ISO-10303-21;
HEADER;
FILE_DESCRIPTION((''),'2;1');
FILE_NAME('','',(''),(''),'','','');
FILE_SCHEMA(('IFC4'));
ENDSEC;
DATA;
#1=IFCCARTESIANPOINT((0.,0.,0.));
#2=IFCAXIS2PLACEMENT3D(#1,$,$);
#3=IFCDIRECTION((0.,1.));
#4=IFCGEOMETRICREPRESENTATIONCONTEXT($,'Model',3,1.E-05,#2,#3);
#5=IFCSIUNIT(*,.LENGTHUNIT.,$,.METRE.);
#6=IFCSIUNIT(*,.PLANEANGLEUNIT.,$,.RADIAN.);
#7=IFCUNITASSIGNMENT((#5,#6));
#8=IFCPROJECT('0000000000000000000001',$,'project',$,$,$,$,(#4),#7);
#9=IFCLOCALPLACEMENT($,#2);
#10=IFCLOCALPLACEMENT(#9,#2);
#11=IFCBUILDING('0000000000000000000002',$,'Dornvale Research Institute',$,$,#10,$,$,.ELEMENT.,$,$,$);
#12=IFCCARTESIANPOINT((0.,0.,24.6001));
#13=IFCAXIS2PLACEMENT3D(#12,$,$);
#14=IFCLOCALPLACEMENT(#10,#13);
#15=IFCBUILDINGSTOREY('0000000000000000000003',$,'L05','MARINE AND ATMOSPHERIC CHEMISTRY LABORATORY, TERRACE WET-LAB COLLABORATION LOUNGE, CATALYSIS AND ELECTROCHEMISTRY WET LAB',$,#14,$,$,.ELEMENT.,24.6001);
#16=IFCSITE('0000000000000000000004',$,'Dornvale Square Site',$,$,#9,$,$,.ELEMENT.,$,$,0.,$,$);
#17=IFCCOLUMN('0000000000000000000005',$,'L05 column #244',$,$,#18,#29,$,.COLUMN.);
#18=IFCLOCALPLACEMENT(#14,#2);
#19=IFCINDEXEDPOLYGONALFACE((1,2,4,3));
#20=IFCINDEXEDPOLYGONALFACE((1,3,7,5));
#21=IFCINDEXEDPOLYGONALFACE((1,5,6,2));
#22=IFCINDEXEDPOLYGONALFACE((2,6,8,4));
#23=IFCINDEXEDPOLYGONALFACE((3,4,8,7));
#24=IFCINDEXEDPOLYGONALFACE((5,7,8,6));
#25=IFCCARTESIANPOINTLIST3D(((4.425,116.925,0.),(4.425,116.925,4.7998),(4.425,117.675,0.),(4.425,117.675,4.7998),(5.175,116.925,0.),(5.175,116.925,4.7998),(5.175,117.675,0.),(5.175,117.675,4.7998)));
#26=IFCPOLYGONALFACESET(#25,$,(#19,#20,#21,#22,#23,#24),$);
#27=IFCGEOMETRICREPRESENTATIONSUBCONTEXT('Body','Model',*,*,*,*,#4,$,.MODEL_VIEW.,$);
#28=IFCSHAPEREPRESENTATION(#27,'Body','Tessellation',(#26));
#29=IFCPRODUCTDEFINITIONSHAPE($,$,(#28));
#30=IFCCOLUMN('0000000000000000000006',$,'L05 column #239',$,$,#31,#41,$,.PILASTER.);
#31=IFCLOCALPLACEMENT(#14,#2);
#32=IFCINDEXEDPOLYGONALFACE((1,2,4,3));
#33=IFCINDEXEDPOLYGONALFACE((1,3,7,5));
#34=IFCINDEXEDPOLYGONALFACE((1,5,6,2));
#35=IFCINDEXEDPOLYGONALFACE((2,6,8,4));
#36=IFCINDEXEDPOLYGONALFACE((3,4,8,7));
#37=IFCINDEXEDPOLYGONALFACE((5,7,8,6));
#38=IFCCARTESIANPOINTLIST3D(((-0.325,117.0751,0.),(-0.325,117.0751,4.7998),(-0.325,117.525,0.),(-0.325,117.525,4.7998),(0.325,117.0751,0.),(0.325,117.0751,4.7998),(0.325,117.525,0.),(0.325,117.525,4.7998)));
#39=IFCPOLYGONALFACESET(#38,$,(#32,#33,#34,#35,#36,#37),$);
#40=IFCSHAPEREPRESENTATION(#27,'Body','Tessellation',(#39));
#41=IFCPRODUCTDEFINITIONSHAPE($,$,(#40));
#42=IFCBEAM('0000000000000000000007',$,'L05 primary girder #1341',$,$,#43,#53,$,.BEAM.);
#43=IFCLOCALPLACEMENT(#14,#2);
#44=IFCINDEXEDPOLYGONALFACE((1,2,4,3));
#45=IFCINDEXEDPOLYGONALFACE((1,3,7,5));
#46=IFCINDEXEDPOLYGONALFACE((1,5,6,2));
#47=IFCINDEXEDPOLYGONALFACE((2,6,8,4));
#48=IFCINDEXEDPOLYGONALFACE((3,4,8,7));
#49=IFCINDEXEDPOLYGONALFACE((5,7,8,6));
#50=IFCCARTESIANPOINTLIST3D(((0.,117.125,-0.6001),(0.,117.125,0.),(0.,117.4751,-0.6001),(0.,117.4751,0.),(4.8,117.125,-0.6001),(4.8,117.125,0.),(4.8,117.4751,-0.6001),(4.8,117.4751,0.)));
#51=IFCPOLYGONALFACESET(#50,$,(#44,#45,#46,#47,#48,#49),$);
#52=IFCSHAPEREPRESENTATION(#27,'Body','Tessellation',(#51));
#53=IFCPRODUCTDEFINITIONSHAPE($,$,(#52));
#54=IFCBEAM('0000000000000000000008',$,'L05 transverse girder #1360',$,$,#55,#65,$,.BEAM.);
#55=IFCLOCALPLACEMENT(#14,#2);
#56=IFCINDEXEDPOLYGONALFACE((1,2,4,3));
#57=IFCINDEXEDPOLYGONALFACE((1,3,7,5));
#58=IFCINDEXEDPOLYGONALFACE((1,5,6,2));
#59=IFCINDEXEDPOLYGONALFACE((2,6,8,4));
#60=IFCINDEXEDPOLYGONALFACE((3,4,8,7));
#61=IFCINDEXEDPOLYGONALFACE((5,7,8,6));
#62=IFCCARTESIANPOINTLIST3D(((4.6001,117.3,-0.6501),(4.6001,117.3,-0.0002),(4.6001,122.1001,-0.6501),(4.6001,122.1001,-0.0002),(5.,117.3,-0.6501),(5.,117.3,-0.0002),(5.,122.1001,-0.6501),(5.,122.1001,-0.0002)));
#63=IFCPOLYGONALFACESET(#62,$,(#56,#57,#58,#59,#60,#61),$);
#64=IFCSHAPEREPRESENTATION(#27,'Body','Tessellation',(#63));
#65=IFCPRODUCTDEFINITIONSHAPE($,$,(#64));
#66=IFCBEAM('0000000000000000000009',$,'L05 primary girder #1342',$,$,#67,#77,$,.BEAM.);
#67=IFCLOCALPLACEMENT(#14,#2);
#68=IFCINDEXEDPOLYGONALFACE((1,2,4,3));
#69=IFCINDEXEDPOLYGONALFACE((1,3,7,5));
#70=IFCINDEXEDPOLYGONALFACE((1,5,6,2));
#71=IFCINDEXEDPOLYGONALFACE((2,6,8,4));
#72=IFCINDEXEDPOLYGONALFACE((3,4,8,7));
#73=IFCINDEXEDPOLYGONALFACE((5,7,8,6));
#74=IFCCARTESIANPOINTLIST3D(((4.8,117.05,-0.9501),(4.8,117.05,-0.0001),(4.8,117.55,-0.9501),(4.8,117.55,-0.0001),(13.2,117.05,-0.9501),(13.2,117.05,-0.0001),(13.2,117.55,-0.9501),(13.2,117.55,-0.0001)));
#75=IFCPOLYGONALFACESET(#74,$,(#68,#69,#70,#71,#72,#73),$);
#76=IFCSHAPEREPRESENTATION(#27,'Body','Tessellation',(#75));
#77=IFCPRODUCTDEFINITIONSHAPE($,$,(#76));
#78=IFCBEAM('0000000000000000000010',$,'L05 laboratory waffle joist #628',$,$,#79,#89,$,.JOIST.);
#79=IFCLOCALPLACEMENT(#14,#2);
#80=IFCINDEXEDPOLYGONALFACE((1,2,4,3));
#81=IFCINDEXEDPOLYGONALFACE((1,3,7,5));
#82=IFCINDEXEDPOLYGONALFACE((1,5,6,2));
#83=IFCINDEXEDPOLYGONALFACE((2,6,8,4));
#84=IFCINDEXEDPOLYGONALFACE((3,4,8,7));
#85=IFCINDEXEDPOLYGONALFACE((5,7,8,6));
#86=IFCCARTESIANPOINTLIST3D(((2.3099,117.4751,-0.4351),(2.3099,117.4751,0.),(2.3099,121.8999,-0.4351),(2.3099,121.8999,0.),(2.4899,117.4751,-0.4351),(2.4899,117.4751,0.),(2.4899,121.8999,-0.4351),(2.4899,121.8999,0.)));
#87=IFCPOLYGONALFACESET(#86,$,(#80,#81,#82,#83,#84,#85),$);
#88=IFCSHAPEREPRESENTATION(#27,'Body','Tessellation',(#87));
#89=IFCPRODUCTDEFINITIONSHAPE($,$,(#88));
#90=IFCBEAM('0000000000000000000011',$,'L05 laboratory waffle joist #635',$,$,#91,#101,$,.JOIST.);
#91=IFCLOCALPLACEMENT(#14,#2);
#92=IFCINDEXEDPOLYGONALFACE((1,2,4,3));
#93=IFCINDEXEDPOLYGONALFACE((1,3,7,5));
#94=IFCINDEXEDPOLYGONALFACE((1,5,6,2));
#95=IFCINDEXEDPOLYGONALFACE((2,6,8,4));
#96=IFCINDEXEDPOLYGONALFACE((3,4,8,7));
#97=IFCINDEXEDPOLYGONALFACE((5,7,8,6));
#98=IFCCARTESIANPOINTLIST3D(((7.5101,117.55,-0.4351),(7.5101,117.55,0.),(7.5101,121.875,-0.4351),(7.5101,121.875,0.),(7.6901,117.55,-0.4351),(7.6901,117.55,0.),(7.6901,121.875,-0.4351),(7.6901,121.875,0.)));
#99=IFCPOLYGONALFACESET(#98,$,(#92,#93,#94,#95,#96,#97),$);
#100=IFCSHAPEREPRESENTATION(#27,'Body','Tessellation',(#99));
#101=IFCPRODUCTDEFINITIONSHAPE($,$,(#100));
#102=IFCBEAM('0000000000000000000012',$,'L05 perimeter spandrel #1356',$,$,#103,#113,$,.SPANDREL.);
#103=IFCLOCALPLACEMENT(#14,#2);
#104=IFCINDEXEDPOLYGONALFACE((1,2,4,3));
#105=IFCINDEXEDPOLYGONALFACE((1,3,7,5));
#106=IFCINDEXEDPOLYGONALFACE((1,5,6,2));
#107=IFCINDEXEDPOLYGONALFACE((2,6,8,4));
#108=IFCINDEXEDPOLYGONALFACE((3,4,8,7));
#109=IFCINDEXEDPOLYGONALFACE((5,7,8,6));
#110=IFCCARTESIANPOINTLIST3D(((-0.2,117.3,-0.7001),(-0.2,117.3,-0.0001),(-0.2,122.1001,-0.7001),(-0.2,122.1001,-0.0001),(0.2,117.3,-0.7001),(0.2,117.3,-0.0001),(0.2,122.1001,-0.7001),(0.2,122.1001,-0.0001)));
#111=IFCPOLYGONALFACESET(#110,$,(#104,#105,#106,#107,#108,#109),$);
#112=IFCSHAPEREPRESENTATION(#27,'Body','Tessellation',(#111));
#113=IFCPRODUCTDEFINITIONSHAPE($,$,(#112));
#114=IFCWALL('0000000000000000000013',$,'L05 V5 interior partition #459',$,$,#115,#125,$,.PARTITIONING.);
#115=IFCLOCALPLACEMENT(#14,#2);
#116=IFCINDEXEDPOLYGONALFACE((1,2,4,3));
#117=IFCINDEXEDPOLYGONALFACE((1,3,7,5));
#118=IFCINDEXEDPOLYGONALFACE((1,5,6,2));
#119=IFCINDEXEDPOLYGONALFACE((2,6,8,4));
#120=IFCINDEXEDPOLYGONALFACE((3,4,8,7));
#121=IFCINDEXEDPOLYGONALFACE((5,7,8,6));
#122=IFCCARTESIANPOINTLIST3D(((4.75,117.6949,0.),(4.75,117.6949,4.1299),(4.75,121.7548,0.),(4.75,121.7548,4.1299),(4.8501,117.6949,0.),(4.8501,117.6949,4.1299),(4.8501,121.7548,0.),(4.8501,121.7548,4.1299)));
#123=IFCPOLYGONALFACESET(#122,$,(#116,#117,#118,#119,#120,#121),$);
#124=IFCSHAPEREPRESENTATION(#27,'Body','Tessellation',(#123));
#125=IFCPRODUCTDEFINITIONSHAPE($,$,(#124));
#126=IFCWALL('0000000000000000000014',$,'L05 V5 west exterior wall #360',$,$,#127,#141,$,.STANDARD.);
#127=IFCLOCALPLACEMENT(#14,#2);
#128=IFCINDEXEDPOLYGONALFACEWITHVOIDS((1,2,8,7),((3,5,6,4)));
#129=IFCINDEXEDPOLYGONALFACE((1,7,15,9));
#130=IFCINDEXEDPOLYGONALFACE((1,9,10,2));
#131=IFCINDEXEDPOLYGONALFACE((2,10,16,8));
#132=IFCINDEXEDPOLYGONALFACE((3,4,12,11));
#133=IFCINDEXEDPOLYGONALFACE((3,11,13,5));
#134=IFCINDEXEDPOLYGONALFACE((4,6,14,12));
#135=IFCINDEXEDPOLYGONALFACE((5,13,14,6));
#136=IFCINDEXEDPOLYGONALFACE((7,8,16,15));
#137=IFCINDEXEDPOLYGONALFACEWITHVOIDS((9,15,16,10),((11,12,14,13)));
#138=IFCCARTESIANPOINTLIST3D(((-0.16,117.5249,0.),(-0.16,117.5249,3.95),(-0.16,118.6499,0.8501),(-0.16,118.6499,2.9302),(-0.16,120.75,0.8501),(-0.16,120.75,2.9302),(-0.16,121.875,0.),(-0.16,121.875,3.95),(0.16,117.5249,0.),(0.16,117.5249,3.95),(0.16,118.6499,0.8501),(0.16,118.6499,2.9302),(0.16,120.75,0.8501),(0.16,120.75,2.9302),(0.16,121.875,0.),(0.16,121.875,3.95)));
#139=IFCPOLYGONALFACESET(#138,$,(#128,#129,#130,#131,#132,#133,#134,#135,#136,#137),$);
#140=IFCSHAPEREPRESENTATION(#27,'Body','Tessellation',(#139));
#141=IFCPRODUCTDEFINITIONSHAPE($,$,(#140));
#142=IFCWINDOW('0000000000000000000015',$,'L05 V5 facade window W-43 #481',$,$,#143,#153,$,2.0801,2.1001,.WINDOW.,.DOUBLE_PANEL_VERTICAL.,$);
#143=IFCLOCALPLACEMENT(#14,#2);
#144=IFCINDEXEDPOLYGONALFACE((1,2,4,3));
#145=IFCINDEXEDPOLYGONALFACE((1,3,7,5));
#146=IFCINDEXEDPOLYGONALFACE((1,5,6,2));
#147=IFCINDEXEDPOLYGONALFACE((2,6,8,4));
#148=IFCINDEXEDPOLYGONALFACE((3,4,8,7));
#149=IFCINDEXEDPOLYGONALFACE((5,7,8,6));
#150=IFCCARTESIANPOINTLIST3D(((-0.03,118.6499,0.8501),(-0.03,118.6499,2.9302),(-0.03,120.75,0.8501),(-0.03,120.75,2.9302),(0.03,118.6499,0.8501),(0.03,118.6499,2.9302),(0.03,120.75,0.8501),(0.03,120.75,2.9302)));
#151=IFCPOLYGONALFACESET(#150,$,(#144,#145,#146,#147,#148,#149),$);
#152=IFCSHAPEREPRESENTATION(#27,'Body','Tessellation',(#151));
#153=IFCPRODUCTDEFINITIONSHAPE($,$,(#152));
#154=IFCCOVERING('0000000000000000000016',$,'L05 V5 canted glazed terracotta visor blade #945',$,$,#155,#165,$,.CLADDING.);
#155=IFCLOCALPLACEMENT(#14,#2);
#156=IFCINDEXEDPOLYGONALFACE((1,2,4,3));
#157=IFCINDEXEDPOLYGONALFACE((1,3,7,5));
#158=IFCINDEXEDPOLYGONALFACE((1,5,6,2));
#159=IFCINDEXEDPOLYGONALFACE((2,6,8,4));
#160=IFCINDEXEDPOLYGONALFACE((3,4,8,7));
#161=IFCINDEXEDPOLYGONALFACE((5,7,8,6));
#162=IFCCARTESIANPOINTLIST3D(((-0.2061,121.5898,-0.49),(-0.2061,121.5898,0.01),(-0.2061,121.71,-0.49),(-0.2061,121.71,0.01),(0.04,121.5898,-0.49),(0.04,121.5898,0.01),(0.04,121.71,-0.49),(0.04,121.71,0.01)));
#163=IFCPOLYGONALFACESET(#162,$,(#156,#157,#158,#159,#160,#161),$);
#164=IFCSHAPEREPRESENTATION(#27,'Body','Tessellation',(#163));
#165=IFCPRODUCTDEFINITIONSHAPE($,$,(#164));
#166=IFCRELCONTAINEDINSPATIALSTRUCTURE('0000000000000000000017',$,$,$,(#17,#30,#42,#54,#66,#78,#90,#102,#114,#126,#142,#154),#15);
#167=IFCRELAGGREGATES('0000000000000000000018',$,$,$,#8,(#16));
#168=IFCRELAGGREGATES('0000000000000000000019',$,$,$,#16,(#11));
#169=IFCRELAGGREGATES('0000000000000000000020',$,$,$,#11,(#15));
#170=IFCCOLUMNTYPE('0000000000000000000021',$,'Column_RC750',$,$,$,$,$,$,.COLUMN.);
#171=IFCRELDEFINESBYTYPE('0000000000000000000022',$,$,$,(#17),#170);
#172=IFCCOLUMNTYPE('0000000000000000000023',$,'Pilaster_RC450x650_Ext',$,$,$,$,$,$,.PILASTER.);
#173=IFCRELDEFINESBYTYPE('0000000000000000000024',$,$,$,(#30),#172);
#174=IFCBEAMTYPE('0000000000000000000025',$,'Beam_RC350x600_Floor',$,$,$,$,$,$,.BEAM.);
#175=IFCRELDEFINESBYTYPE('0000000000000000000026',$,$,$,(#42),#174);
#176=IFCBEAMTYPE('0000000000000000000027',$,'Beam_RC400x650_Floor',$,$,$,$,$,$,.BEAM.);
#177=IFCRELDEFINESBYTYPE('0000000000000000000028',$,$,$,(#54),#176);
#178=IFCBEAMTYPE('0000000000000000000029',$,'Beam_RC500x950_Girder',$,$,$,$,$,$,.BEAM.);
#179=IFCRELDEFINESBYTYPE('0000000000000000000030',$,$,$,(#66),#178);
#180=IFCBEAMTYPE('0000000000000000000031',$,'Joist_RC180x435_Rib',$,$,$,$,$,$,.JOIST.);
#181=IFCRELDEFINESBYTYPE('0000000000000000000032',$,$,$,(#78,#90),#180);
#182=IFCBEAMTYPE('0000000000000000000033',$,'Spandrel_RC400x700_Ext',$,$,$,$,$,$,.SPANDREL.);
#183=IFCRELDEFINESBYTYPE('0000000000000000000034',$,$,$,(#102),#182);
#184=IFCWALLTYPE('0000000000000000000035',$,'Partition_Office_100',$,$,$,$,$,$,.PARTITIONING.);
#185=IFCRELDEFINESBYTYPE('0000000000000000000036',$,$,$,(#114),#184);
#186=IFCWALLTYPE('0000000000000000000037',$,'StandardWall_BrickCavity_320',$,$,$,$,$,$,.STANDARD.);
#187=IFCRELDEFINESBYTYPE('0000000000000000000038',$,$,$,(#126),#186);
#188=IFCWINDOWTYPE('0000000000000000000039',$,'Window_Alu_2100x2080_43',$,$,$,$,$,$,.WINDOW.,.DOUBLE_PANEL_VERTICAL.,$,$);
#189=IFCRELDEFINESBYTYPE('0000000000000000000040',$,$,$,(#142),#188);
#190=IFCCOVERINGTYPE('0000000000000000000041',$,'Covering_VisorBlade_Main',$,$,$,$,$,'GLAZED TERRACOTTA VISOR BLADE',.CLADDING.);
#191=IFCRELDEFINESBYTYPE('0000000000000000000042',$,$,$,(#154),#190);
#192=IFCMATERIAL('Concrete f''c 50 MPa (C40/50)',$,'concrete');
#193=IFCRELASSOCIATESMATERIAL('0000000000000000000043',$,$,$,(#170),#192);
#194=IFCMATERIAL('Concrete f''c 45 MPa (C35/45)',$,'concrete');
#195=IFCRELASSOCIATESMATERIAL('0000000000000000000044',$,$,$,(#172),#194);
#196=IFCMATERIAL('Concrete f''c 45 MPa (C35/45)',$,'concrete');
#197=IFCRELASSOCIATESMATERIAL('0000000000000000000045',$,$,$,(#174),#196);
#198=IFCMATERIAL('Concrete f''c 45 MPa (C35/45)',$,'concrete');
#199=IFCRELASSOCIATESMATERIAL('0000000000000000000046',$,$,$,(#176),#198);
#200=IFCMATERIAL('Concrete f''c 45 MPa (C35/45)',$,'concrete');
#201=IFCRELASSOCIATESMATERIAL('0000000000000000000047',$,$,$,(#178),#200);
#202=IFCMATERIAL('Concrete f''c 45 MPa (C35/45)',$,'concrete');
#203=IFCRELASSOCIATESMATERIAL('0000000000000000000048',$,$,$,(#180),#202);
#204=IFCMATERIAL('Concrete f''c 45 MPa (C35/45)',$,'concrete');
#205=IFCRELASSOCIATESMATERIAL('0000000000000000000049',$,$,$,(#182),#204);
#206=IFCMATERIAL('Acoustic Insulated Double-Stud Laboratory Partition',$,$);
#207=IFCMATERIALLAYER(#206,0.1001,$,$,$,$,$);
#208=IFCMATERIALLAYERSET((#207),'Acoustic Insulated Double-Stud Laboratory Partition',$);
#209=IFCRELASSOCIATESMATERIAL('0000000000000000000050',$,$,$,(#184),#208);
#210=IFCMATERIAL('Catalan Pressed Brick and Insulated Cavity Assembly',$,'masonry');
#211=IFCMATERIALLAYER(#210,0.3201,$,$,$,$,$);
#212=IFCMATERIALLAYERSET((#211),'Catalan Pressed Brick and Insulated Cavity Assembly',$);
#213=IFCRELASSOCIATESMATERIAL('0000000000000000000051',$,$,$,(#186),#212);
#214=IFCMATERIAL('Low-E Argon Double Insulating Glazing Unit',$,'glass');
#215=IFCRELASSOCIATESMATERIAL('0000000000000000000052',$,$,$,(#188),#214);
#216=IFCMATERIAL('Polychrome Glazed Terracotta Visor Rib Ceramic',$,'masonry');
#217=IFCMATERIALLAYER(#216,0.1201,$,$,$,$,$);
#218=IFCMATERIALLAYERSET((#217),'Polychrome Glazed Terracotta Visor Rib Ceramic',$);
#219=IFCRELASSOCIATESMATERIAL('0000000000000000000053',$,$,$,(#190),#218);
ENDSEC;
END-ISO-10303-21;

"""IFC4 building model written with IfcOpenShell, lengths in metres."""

from ifc_helpers import new_model, si_unit, direction, frame, frame_2d, origin, origin_2d, place, context, subcontext, project, spatial, rectangle, extrude, material, layer, layer_set, material_profile, profile_set, type_object, element, fill, save


model = new_model("IFC4")

# Units and contexts
model_context = context("Model", 3, precision=1e-05, world=origin(), true_north=direction((0.0, 1.0)))
body_context = subcontext(model_context, "Body", "Model", "MODEL_VIEW")
ifc_project = project(units=[si_unit("LENGTHUNIT", "METRE"), si_unit("PLANEANGLEUNIT", "RADIAN")], contexts=[model_context])

# Site, building, storey
site_placement = place(None, origin())
site = spatial("IfcSite", under=ifc_project, at=site_placement, Name="Dornvale Square Site", CompositionType="ELEMENT", RefElevation=0.0)
building_placement = place(site_placement, origin())
building = spatial("IfcBuilding", under=site, at=building_placement, Name="Dornvale Research Institute", CompositionType="ELEMENT")
storey_placement = place(building_placement, frame((0.0, 0.0, 24.6001)))
storey = spatial("IfcBuildingStorey", under=building, at=storey_placement, Name="L05", Description="MARINE AND ATMOSPHERIC CHEMISTRY LABORATORY, TERRACE WET-LAB COLLABORATION LOUNGE, CATALYSIS AND ELECTROCHEMISTRY WET LAB", CompositionType="ELEMENT", Elevation=24.6001)

# Columns
ifc_material_1 = material(Name="Concrete f'c 50 MPa (C40/50)", Category="concrete")
ifc_material_profile_1 = material_profile(ifc_material_1, rectangle(XDim=0.75, YDim=0.75, at=origin_2d()), Name="RC 750x750")
ifc_profile_set_1 = profile_set([ifc_material_profile_1], Name="Concrete f'c 50 MPa (C40/50)")
column_type_1 = type_object("IfcColumnType", Name="Column_RC750", PredefinedType="COLUMN", material=ifc_profile_set_1)
column_1_placement = place(storey_placement, frame((4.8, 117.3, 0.0), z_axis=(0.0, 0.0, 1.0), x_axis=(1.0, 0.0, 0.0)))
element("IfcColumn", 1, at=column_1_placement, inside=storey, type_object=column_type_1, Name="L05 column #244", PredefinedType="COLUMN", context=body_context, shape_type="SweptSolid", body=[
    extrude(rectangle(XDim=0.75, YDim=0.75, at=origin_2d()), origin(), (0.0, 0.0, 1.0), 4.7998),
])
ifc_material_2 = material(Name="Concrete f'c 45 MPa (C35/45)", Category="concrete")
ifc_material_profile_2 = material_profile(ifc_material_2, rectangle(XDim=0.45, YDim=0.6499, at=origin_2d()), Name="RC 450x650")
ifc_profile_set_2 = profile_set([ifc_material_profile_2], Name="Concrete f'c 45 MPa (C35/45)")
column_type_2 = type_object("IfcColumnType", Name="Pilaster_RC450x650_Ext", PredefinedType="PILASTER", material=ifc_profile_set_2)
column_2_placement = place(storey_placement, frame((0.0, 117.3, 0.0), z_axis=(0.0, 0.0, 1.0), x_axis=(0.0, 1.0, 0.0)))
element("IfcColumn", 2, at=column_2_placement, inside=storey, type_object=column_type_2, Name="L05 column #239", PredefinedType="PILASTER", context=body_context, shape_type="SweptSolid", body=[
    extrude(rectangle(XDim=0.45, YDim=0.6499, at=origin_2d()), origin(), (0.0, 0.0, 1.0), 4.7998),
])

# Beams
ifc_material_3 = material(Name="Concrete f'c 45 MPa (C35/45)", Category="concrete")
ifc_material_profile_3 = material_profile(ifc_material_3, rectangle(XDim=0.3501, YDim=0.6001, at=origin_2d()), Name="RC 350x600")
ifc_profile_set_3 = profile_set([ifc_material_profile_3], Name="Concrete f'c 45 MPa (C35/45)")
beam_type_1 = type_object("IfcBeamType", Name="Beam_RC350x600_Floor", PredefinedType="BEAM", material=ifc_profile_set_3)
beam_1_placement = place(storey_placement, frame((0.0, 117.3, -0.3), z_axis=(1.0, 0.0, 0.0), x_axis=(0.0, 1.0, 0.0)))
element("IfcBeam", 3, at=beam_1_placement, inside=storey, type_object=beam_type_1, Name="L05 primary girder #1341", PredefinedType="BEAM", context=body_context, shape_type="SweptSolid", body=[
    extrude(rectangle(XDim=0.3501, YDim=0.6001, at=origin_2d()), origin(), (0.0, 0.0, 1.0), 4.8),
])
ifc_material_4 = material(Name="Concrete f'c 45 MPa (C35/45)", Category="concrete")
ifc_material_profile_4 = material_profile(ifc_material_4, rectangle(XDim=0.3999, YDim=0.6499, at=origin_2d()), Name="RC 400x650")
ifc_profile_set_4 = profile_set([ifc_material_profile_4], Name="Concrete f'c 45 MPa (C35/45)")
beam_type_2 = type_object("IfcBeamType", Name="Beam_RC400x650_Floor", PredefinedType="BEAM", material=ifc_profile_set_4)
beam_2_placement = place(storey_placement, frame((4.8, 117.3, -0.3252), z_axis=(0.0, 1.0, 0.0), x_axis=(-1.0, 0.0, 0.0)))
element("IfcBeam", 4, at=beam_2_placement, inside=storey, type_object=beam_type_2, Name="L05 transverse girder #1360", PredefinedType="BEAM", context=body_context, shape_type="SweptSolid", body=[
    extrude(rectangle(XDim=0.3999, YDim=0.6499, at=origin_2d()), origin(), (0.0, 0.0, 1.0), 4.8),
])
ifc_material_5 = material(Name="Concrete f'c 45 MPa (C35/45)", Category="concrete")
ifc_material_profile_5 = material_profile(ifc_material_5, rectangle(XDim=0.5, YDim=0.95, at=origin_2d()), Name="RC 500x950")
ifc_profile_set_5 = profile_set([ifc_material_profile_5], Name="Concrete f'c 45 MPa (C35/45)")
beam_type_3 = type_object("IfcBeamType", Name="Beam_RC500x950_Girder", PredefinedType="BEAM", material=ifc_profile_set_5)
beam_3_placement = place(storey_placement, frame((4.8, 117.3, -0.4751), z_axis=(1.0, 0.0, 0.0), x_axis=(0.0, 1.0, 0.0)))
element("IfcBeam", 5, at=beam_3_placement, inside=storey, type_object=beam_type_3, Name="L05 primary girder #1342", PredefinedType="BEAM", context=body_context, shape_type="SweptSolid", body=[
    extrude(rectangle(XDim=0.5, YDim=0.95, at=origin_2d()), origin(), (0.0, 0.0, 1.0), 8.3999),
])
ifc_material_6 = material(Name="Concrete f'c 45 MPa (C35/45)", Category="concrete")
ifc_material_profile_6 = material_profile(ifc_material_6, rectangle(XDim=0.1799, YDim=0.4351, at=origin_2d()), Name="RC 180x435")
ifc_profile_set_6 = profile_set([ifc_material_profile_6], Name="Concrete f'c 45 MPa (C35/45)")
beam_type_4 = type_object("IfcBeamType", Name="Joist_RC180x435_Rib", PredefinedType="JOIST", material=ifc_profile_set_6)
beam_4_placement = place(storey_placement, frame((2.3999, 117.4751, -0.2175), z_axis=(0.0, 1.0, 0.0), x_axis=(-1.0, 0.0, 0.0)))
element("IfcBeam", 6, at=beam_4_placement, inside=storey, type_object=beam_type_4, Name="L05 laboratory waffle joist #628", PredefinedType="JOIST", context=body_context, shape_type="SweptSolid", body=[
    extrude(rectangle(XDim=0.1799, YDim=0.4351, at=origin_2d()), origin(), (0.0, 0.0, 1.0), 4.4248),
])
beam_5_placement = place(storey_placement, frame((7.6001, 117.55, -0.2175), z_axis=(0.0, 1.0, 0.0), x_axis=(-1.0, 0.0, 0.0)))
element("IfcBeam", 7, at=beam_5_placement, inside=storey, type_object=beam_type_4, Name="L05 laboratory waffle joist #635", PredefinedType="JOIST", context=body_context, shape_type="SweptSolid", body=[
    extrude(rectangle(XDim=0.1799, YDim=0.4351, at=origin_2d()), origin(), (0.0, 0.0, 1.0), 4.325),
])
ifc_material_7 = material(Name="Concrete f'c 45 MPa (C35/45)", Category="concrete")
ifc_material_profile_7 = material_profile(ifc_material_7, rectangle(XDim=0.3999, YDim=0.7, at=origin_2d()), Name="RC 400x700")
ifc_profile_set_7 = profile_set([ifc_material_profile_7], Name="Concrete f'c 45 MPa (C35/45)")
beam_type_5 = type_object("IfcBeamType", Name="Spandrel_RC400x700_Ext", PredefinedType="SPANDREL", material=ifc_profile_set_7)
beam_6_placement = place(storey_placement, frame((0.0, 117.3, -0.3501), z_axis=(0.0, 1.0, 0.0), x_axis=(-1.0, 0.0, 0.0)))
element("IfcBeam", 8, at=beam_6_placement, inside=storey, type_object=beam_type_5, Name="L05 perimeter spandrel #1356", PredefinedType="SPANDREL", context=body_context, shape_type="SweptSolid", body=[
    extrude(rectangle(XDim=0.3999, YDim=0.7, at=origin_2d()), origin(), (0.0, 0.0, 1.0), 4.8),
])

# Wall
ifc_material_8 = material(Name="Acoustic Insulated Double-Stud Laboratory Partition")
ifc_layer_1 = layer(ifc_material_8, 0.1001)
ifc_layer_set_1 = layer_set([ifc_layer_1], Name="Acoustic Insulated Double-Stud Laboratory Partition")
wall_type_1 = type_object("IfcWallType", Name="Partition_Office_100", PredefinedType="PARTITIONING", material=ifc_layer_set_1)
wall_1_placement = place(storey_placement, frame((4.8, 117.6951, 0.0), z_axis=(0.0, 0.0, 1.0), x_axis=(0.0, 1.0, 0.0)))
element("IfcWall", 9, at=wall_1_placement, inside=storey, type_object=wall_type_1, Name="L05 V5 interior partition #459", PredefinedType="PARTITIONING", context=body_context, shape_type="SweptSolid", body=[
    extrude(rectangle(XDim=4.0598, YDim=0.1001, at=frame_2d((2.0298, 0.0))), origin(), (0.0, 0.0, 1.0), 4.1299),
])

# Wall, opening, window
ifc_material_9 = material(Name="Catalan Pressed Brick and Insulated Cavity Assembly", Category="masonry")
ifc_layer_2 = layer(ifc_material_9, 0.3201)
ifc_layer_set_2 = layer_set([ifc_layer_2], Name="Catalan Pressed Brick and Insulated Cavity Assembly")
wall_type_2 = type_object("IfcWallType", Name="StandardWall_BrickCavity_320", PredefinedType="STANDARD", material=ifc_layer_set_2)
wall_2_placement = place(storey_placement, frame((0.0, 117.5249, 0.0), z_axis=(0.0, 0.0, 1.0), x_axis=(0.0, 1.0, 0.0)))
wall_2 = element("IfcWall", 10, at=wall_2_placement, inside=storey, type_object=wall_type_2, Name="L05 V5 west exterior wall #360", PredefinedType="STANDARD", context=body_context, shape_type="SweptSolid", body=[
    extrude(rectangle(XDim=4.3501, YDim=0.3201, at=frame_2d((2.175, 0.0))), origin(), (0.0, 0.0, 1.0), 3.95),
])
opening_placement = place(wall_2_placement, frame((1.125, 0.0, 0.8501)))
opening = element("IfcOpeningElement", 11, at=opening_placement, cuts=wall_2, PredefinedType="OPENING", context=body_context, shape_type="SweptSolid", body=[
    extrude(rectangle(XDim=2.1001, YDim=2.0801, at=frame_2d((1.05, 1.04))), frame((0.0, 0.175, 0.0), z_axis=(0.0, -1.0, 0.0), x_axis=(1.0, 0.0, 0.0)), (0.0, 0.0, 1.0), 0.3501),
])
ifc_material_10 = material(Name="Low-E Argon Double Insulating Glazing Unit", Category="glass")
window_type = type_object("IfcWindowType", Name="Window_Alu_2100x2080_43", PartitioningType="DOUBLE_PANEL_VERTICAL", PredefinedType="WINDOW", material=ifc_material_10)
window_placement = place(opening_placement, origin())
window = element("IfcWindow", 12, at=window_placement, inside=storey, type_object=window_type, Name="L05 V5 facade window W-43 #481", OverallHeight=2.0801, OverallWidth=2.1001, PartitioningType="DOUBLE_PANEL_VERTICAL", PredefinedType="WINDOW", context=body_context, shape_type="SweptSolid", body=[
    extrude(rectangle(XDim=2.1001, YDim=2.0801, at=frame_2d((1.05, 1.04))), frame((0.0, 0.03, 0.0), z_axis=(0.0, -1.0, 0.0), x_axis=(1.0, 0.0, 0.0)), (0.0, 0.0, 1.0), 0.0601),
])
fill(opening, window)

# Covering
ifc_material_11 = material(Name="Polychrome Glazed Terracotta Visor Rib Ceramic", Category="masonry")
ifc_layer_3 = layer(ifc_material_11, 0.1201)
ifc_layer_set_3 = layer_set([ifc_layer_3], Name="Polychrome Glazed Terracotta Visor Rib Ceramic")
covering_type = type_object("IfcCoveringType", Name="Covering_VisorBlade_Main", ElementType="GLAZED TERRACOTTA VISOR BLADE", PredefinedType="CLADDING", material=ifc_layer_set_3)
covering_1_placement = place(storey_placement, frame((-0.083, 121.6499, -0.49), z_axis=(0.0, 0.0, 1.0), x_axis=(1.0, 0.0, 0.0)))
element("IfcCovering", 13, at=covering_1_placement, inside=storey, type_object=covering_type, Name="L05 V5 canted glazed terracotta visor blade #945", PredefinedType="CLADDING", context=body_context, shape_type="SweptSolid", body=[
    extrude(rectangle(XDim=0.2461, YDim=0.1201, at=origin_2d()), origin(), (0.0, 0.0, 1.0), 0.5),
])

save(model, "model.ifc")
